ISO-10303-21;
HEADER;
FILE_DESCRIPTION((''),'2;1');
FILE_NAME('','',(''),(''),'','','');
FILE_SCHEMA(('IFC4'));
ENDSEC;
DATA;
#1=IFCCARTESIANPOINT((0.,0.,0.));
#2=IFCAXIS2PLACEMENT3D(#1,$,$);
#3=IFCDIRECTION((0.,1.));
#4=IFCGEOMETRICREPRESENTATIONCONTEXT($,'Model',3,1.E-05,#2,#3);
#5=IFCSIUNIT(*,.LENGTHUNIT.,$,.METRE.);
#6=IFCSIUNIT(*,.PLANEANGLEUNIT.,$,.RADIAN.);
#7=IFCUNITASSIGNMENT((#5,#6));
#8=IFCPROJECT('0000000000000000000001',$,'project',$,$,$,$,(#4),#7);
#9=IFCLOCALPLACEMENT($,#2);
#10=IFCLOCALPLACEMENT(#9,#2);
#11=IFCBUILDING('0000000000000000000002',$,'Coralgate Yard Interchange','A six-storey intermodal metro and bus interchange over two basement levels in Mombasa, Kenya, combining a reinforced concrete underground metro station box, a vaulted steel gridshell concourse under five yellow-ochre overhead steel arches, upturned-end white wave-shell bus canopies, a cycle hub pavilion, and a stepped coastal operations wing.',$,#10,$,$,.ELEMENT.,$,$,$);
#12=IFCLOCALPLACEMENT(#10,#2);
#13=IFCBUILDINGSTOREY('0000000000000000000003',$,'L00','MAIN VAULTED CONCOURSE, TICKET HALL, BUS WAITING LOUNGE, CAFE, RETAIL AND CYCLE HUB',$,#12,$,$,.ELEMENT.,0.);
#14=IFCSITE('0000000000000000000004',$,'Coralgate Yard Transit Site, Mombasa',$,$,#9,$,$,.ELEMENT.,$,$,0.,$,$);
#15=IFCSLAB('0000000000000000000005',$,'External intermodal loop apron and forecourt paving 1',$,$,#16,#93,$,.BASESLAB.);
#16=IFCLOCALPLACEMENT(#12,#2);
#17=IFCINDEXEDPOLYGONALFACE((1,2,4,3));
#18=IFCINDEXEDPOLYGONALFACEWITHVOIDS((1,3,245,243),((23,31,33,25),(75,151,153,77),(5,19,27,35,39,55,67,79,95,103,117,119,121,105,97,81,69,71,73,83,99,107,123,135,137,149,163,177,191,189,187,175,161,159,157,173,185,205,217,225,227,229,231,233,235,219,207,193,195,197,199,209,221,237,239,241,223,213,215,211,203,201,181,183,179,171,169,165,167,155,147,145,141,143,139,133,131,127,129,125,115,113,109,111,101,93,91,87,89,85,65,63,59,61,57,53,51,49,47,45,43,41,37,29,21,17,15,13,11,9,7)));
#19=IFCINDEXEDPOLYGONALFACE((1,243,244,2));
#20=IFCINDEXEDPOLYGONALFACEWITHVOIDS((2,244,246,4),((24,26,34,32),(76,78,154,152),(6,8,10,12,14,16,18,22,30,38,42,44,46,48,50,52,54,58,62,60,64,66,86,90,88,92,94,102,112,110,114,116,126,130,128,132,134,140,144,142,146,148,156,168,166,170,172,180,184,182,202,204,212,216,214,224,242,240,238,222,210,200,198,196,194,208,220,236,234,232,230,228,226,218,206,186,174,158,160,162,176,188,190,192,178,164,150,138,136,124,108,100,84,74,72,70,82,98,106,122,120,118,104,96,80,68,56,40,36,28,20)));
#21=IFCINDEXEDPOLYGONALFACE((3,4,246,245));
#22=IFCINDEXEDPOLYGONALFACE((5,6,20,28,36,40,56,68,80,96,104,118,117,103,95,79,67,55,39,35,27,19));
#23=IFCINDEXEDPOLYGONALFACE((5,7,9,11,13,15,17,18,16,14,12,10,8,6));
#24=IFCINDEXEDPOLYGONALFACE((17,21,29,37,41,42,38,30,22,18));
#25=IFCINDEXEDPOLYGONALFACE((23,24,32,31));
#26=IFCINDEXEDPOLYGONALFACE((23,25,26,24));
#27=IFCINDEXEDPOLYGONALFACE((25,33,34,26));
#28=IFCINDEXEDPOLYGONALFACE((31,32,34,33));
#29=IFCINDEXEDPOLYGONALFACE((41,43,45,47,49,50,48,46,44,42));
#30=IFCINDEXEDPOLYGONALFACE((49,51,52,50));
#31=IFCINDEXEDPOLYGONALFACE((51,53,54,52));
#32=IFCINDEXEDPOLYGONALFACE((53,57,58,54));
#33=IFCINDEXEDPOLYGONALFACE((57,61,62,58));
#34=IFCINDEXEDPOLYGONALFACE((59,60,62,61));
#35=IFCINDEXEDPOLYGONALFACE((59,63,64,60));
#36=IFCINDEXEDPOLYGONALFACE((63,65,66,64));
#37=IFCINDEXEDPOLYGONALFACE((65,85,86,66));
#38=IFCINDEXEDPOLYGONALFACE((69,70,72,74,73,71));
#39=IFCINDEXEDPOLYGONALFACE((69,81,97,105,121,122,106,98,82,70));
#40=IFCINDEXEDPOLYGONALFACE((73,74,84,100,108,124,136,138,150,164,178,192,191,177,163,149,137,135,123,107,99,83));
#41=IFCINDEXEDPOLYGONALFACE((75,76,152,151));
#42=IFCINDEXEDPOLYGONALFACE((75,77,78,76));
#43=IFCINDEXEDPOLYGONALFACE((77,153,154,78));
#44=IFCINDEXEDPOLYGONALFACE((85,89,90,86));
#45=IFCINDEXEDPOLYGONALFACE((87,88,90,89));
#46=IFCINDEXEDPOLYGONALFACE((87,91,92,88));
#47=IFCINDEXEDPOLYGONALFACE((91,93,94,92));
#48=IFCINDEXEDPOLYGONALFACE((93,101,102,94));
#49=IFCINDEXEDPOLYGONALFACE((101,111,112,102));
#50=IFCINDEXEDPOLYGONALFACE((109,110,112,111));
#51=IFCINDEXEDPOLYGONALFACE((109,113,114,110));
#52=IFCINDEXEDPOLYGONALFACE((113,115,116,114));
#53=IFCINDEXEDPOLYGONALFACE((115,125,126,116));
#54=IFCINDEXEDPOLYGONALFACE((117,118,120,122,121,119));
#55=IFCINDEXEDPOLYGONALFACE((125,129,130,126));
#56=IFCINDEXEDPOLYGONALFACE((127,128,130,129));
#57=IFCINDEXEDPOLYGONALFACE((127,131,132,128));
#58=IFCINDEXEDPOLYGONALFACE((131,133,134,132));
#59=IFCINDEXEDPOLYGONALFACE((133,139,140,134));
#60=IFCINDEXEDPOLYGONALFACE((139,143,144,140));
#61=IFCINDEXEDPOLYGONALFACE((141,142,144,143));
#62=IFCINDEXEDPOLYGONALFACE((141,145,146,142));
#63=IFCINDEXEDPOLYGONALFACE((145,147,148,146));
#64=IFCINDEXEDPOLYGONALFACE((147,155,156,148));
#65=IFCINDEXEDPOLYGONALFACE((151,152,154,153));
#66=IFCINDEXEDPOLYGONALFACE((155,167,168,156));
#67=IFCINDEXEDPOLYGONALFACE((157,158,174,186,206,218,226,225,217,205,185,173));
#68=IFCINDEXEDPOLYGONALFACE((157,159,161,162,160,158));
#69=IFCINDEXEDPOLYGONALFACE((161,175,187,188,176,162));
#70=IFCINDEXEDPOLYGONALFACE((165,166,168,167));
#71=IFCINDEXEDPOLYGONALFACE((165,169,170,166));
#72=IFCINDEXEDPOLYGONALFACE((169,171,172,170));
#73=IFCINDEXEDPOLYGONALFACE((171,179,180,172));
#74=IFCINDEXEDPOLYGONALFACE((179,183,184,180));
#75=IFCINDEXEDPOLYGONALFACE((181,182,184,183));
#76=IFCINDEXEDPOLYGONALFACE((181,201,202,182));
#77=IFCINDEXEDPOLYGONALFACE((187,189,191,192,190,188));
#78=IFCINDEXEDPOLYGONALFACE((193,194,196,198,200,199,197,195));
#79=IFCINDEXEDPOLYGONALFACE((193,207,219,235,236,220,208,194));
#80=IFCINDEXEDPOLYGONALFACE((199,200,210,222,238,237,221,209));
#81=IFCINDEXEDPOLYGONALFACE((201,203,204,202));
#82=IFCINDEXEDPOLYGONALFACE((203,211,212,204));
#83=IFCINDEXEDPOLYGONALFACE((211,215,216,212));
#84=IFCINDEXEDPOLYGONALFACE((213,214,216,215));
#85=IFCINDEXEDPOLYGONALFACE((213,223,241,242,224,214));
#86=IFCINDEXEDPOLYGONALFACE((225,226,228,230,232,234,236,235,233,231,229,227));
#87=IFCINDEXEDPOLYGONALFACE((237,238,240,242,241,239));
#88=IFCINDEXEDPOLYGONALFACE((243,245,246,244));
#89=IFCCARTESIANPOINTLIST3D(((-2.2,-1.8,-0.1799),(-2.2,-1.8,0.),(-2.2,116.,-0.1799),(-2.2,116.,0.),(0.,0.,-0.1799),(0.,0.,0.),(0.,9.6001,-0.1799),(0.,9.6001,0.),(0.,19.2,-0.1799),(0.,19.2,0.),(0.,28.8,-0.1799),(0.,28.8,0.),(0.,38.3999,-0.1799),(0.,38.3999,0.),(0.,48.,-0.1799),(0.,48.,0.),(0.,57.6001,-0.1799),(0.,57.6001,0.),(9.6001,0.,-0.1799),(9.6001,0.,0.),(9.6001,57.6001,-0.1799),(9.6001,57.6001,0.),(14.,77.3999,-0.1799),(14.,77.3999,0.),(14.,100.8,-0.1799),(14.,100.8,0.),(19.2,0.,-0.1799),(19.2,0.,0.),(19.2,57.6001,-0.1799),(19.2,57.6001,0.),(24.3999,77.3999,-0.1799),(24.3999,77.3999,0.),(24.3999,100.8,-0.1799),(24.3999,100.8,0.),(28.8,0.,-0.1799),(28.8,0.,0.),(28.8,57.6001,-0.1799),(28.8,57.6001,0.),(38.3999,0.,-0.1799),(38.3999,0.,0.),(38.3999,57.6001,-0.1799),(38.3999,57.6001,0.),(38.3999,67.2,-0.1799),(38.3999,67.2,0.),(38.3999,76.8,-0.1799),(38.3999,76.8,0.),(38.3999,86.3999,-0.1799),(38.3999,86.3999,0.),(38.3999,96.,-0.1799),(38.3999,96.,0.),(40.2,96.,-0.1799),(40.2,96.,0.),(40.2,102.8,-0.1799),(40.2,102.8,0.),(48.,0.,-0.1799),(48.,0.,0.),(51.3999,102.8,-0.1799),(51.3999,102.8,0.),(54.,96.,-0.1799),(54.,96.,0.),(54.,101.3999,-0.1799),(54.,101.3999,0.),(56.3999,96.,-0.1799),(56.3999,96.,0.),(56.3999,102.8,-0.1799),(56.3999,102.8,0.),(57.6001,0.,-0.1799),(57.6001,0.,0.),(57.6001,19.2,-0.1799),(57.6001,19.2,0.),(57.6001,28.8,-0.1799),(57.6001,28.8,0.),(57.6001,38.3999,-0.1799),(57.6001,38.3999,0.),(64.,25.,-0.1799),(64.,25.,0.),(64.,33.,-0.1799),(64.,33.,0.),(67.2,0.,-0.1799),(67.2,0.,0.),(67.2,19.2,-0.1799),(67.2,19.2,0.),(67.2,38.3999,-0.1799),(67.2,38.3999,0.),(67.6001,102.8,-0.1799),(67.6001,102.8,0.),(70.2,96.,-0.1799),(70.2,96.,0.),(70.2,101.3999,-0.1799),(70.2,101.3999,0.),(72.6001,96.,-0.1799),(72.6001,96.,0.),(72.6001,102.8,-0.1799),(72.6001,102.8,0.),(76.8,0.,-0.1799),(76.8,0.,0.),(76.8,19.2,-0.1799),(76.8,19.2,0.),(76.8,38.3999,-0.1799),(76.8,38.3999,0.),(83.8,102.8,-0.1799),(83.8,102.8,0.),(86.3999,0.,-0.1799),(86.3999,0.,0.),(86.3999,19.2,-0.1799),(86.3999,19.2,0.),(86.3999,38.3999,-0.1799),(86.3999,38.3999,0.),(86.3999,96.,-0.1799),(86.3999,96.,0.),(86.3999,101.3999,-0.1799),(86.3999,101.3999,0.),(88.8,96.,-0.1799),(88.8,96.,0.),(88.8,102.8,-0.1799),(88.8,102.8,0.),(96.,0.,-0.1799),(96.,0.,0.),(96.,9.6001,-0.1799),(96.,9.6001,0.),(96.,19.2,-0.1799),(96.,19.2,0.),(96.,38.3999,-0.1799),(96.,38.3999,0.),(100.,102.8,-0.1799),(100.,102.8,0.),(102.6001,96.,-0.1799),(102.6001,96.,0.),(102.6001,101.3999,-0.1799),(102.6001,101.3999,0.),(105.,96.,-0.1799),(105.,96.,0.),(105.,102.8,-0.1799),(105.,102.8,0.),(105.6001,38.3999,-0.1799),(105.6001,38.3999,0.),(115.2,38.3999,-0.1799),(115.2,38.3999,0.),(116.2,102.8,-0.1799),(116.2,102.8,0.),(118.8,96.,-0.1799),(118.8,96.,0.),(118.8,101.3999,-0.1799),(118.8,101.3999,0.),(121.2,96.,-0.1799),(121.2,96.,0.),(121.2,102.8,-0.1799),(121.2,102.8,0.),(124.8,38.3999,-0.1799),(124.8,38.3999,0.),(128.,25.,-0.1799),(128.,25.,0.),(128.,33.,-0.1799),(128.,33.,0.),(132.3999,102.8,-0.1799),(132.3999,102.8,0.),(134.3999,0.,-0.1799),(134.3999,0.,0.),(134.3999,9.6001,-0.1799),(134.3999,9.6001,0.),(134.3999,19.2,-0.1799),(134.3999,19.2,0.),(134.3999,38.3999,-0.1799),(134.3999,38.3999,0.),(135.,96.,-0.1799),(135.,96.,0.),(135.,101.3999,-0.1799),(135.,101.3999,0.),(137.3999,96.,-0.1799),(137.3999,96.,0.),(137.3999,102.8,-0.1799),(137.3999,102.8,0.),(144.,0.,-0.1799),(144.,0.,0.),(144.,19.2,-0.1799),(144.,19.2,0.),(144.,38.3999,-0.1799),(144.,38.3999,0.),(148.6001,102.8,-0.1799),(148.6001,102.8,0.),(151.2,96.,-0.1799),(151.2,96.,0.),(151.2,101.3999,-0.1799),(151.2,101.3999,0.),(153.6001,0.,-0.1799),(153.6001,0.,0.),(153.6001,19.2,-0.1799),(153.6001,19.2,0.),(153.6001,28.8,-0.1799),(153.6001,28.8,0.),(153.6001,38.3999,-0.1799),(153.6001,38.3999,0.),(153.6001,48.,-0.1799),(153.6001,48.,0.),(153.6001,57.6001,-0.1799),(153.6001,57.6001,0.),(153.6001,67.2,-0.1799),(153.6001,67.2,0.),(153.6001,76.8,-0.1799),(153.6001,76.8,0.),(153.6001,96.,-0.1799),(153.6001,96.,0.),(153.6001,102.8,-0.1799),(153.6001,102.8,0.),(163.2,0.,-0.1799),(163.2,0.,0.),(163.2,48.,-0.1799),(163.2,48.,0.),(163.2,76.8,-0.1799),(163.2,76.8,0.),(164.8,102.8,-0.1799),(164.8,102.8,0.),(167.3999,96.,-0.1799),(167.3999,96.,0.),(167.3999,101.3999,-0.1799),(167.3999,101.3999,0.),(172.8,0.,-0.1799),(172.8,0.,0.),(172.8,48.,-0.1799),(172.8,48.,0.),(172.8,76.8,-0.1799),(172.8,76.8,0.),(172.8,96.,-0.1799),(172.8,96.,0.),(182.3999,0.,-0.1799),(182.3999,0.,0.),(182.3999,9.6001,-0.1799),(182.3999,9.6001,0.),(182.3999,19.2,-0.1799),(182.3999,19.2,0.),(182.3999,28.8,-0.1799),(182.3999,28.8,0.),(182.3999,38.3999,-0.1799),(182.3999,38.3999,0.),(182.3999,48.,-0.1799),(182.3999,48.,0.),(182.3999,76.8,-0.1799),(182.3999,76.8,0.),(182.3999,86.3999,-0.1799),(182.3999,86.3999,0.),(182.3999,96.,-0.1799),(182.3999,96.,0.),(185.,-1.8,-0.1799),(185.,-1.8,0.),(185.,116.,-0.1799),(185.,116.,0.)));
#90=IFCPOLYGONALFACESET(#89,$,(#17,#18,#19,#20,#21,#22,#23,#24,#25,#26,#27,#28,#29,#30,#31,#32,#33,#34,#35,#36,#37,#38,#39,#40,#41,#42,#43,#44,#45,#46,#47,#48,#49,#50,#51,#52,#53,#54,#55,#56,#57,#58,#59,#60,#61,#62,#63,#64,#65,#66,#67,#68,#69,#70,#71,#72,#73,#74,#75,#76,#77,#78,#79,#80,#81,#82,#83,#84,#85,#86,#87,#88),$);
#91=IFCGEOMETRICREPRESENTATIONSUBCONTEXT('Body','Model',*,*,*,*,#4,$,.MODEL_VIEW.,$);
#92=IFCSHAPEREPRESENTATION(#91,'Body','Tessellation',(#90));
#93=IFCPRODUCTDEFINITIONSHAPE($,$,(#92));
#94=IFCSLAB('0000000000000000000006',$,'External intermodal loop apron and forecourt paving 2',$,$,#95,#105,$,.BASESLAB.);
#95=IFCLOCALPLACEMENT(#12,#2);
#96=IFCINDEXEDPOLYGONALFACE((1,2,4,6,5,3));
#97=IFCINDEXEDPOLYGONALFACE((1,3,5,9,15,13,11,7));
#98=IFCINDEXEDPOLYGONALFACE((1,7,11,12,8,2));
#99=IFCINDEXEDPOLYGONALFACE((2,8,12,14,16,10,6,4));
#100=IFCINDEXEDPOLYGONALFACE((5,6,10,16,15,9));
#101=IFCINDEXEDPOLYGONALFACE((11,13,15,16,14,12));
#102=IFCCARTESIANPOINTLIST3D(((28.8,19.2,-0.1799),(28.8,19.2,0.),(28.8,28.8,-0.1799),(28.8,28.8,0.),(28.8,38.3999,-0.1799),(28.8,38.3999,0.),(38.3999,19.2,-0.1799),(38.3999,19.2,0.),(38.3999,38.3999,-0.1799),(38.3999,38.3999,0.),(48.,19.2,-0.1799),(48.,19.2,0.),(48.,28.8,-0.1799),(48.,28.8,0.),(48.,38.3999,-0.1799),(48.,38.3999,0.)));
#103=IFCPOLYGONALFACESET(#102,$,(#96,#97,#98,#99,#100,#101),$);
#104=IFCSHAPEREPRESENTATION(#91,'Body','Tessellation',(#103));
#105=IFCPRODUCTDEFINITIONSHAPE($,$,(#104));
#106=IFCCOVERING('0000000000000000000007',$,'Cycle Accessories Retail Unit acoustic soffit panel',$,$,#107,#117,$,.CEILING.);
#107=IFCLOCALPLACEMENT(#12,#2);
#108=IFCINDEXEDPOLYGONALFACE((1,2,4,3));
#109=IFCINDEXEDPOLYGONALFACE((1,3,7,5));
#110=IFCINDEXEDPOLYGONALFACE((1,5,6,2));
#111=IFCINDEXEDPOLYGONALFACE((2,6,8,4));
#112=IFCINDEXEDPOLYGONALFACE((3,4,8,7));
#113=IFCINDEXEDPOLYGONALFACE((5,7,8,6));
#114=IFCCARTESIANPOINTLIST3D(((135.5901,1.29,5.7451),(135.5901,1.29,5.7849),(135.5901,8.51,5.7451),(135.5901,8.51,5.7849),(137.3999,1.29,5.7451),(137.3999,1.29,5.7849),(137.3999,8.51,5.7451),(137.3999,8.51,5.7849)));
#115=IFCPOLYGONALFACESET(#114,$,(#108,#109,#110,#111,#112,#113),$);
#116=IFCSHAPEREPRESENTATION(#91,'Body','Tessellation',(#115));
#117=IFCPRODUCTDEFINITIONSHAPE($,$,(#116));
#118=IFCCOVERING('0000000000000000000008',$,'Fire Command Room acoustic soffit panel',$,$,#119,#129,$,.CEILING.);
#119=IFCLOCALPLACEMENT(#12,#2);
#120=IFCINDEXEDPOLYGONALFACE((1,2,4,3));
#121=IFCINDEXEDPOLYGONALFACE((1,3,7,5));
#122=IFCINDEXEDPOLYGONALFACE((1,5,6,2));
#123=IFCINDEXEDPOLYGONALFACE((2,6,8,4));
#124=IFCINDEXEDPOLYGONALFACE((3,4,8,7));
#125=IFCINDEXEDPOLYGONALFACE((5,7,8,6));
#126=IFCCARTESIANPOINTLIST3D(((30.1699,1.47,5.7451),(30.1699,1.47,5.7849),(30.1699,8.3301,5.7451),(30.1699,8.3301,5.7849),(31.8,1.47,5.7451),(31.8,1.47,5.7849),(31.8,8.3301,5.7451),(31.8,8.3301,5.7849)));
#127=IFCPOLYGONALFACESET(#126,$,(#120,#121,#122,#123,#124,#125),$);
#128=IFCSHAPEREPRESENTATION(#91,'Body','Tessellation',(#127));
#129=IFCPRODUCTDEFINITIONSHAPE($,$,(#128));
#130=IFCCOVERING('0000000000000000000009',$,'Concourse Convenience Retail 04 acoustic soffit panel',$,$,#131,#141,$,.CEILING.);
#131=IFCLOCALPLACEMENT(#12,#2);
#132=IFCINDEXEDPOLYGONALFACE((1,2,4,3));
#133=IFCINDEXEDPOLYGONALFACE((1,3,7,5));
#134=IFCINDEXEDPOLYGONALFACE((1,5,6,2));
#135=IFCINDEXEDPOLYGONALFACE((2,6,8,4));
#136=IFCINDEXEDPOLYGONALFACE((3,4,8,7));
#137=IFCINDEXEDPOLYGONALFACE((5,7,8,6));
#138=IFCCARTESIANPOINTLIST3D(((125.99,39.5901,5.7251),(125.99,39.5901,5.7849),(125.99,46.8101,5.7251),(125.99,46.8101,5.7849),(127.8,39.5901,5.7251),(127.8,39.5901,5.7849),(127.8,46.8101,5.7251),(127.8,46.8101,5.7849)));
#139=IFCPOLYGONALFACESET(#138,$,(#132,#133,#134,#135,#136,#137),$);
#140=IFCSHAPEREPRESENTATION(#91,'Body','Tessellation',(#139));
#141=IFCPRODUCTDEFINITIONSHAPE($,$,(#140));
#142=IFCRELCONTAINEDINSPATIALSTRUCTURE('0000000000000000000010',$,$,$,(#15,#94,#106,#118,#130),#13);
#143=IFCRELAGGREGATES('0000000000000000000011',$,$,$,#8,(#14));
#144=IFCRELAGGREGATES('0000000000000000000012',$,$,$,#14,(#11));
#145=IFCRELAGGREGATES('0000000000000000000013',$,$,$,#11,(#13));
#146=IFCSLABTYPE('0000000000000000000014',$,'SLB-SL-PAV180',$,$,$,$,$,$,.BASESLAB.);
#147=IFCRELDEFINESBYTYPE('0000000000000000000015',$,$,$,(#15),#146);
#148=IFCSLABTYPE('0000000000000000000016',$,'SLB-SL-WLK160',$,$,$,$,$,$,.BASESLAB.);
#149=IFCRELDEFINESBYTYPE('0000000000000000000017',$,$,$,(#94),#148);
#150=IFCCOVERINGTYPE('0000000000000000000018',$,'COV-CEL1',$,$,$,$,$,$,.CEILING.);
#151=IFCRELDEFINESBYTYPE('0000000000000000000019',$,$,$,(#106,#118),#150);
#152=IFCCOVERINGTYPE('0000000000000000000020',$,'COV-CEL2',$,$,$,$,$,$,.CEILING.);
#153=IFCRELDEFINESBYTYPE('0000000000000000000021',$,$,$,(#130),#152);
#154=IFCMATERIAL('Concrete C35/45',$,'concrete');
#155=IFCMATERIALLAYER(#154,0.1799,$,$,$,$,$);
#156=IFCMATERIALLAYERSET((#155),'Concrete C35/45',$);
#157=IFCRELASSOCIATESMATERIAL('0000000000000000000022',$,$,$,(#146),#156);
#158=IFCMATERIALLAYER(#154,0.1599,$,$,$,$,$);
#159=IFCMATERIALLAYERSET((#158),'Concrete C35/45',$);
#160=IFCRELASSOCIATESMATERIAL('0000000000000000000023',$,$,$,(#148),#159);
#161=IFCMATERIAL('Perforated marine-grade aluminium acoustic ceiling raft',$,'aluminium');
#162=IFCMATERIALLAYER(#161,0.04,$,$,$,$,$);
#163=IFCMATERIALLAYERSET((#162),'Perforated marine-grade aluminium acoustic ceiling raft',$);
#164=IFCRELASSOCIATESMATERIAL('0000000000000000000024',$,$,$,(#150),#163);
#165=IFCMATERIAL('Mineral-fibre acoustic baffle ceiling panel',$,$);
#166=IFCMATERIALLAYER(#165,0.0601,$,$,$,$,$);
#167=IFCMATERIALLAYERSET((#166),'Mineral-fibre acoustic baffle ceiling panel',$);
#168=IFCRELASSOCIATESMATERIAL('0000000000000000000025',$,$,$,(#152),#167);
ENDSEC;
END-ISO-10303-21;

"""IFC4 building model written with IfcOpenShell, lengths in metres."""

from ifc_helpers import new_model, si_unit, direction, frame, origin, place, context, subcontext, project, spatial, polyline, outline, extrude, material, layer, layer_set, type_object, element, save


model = new_model("IFC4")

# Units and contexts
model_context = context("Model", 3, precision=1e-05, world=origin(), true_north=direction((0.0, 1.0)))
body_context = subcontext(model_context, "Body", "Model", "MODEL_VIEW")
ifc_project = project(units=[si_unit("LENGTHUNIT", "METRE"), si_unit("PLANEANGLEUNIT", "RADIAN")], contexts=[model_context])

# Site, building, storey
site_placement = place(None, origin())
site = spatial("IfcSite", under=ifc_project, at=site_placement, Name="Coralgate Yard Transit Site, Mombasa", CompositionType="ELEMENT", RefElevation=0.0)
building_placement = place(site_placement, origin())
building = spatial("IfcBuilding", under=site, at=building_placement, Name="Coralgate Yard Interchange", Description="A six-storey intermodal metro and bus interchange over two basement levels in Mombasa, Kenya, combining a reinforced concrete underground metro station box, a vaulted steel gridshell concourse under five yellow-ochre overhead steel arches, upturned-end white wave-shell bus canopies, a cycle hub pavilion, and a stepped coastal operations wing.", CompositionType="ELEMENT")
storey_placement = place(building_placement, origin())
storey = spatial("IfcBuildingStorey", under=building, at=storey_placement, Name="L00", Description="MAIN VAULTED CONCOURSE, TICKET HALL, BUS WAITING LOUNGE, CAFE, RETAIL AND CYCLE HUB", CompositionType="ELEMENT", Elevation=0.0)

# Slabs
ifc_material_1 = material(Name="Concrete C35/45", Category="concrete")
ifc_layer_1 = layer(ifc_material_1, 0.1799)
ifc_layer_set_1 = layer_set([ifc_layer_1], Name="Concrete C35/45")
slab_type_1 = type_object("IfcSlabType", Name="SLB-SL-PAV180", PredefinedType="BASESLAB", material=ifc_layer_set_1)
slab_1_placement = place(storey_placement, frame((0.0, 0.0, -0.1799)))
element("IfcSlab", 1, at=slab_1_placement, inside=storey, type_object=slab_type_1, Name="External intermodal loop apron and forecourt paving 1", PredefinedType="BASESLAB", context=body_context, shape_type="SweptSolid", body=[
    extrude(outline(polyline([(-2.2, -1.8), (-2.2, 116.0), (185.0, 116.0), (185.0, -1.8), (-2.2, -1.8)]), holes=[polyline([(38.3999, 0.0), (48.0, 0.0), (57.6001, 0.0), (67.2, 0.0), (76.8, 0.0), (86.3999, 0.0), (96.0, 0.0), (96.0, 9.6001), (96.0, 19.2), (86.3999, 19.2), (76.8, 19.2), (67.2, 19.2), (57.6001, 19.2), (57.6001, 28.8), (57.6001, 38.3999), (67.2, 38.3999), (76.8, 38.3999), (86.3999, 38.3999), (96.0, 38.3999), (105.6001, 38.3999), (115.2, 38.3999), (124.8, 38.3999), (134.3999, 38.3999), (144.0, 38.3999), (153.6001, 38.3999), (153.6001, 28.8), (153.6001, 19.2), (144.0, 19.2), (134.3999, 19.2), (134.3999, 9.6001), (134.3999, 0.0), (144.0, 0.0), (153.6001, 0.0), (163.2, 0.0), (172.8, 0.0), (182.3999, 0.0), (182.3999, 9.6001), (182.3999, 19.2), (182.3999, 28.8), (182.3999, 38.3999), (182.3999, 48.0), (172.8, 48.0), (163.2, 48.0), (153.6001, 48.0), (153.6001, 57.6001), (153.6001, 67.2), (153.6001, 76.8), (163.2, 76.8), (172.8, 76.8), (182.3999, 76.8), (182.3999, 86.3999), (182.3999, 96.0), (172.8, 96.0), (167.3999, 96.0), (167.3999, 101.3999), (164.8, 102.8), (153.6001, 102.8), (153.6001, 96.0), (151.2, 96.0), (151.2, 101.3999), (148.6001, 102.8), (137.3999, 102.8), (137.3999, 96.0), (135.0, 96.0), (135.0, 101.3999), (132.3999, 102.8), (121.2, 102.8), (121.2, 96.0), (118.8, 96.0), (118.8, 101.3999), (116.2, 102.8), (105.0, 102.8), (105.0, 96.0), (102.6001, 96.0), (102.6001, 101.3999), (100.0, 102.8), (88.8, 102.8), (88.8, 96.0), (86.3999, 96.0), (86.3999, 101.3999), (83.8, 102.8), (72.6001, 102.8), (72.6001, 96.0), (70.2, 96.0), (70.2, 101.3999), (67.6001, 102.8), (56.3999, 102.8), (56.3999, 96.0), (54.0, 96.0), (54.0, 101.3999), (51.3999, 102.8), (40.2, 102.8), (40.2, 96.0), (38.3999, 96.0), (38.3999, 86.3999), (38.3999, 76.8), (38.3999, 67.2), (38.3999, 57.6001), (28.8, 57.6001), (19.2, 57.6001), (9.6001, 57.6001), (0.0, 57.6001), (0.0, 48.0), (0.0, 38.3999), (0.0, 28.8), (0.0, 19.2), (0.0, 9.6001), (0.0, 0.0), (9.6001, 0.0), (19.2, 0.0), (28.8, 0.0), (38.3999, 0.0)]), polyline([(14.0, 100.8), (14.0, 77.3999), (24.3999, 77.3999), (24.3999, 100.8), (14.0, 100.8)]), polyline([(128.0, 33.0), (64.0, 33.0), (64.0, 25.0), (128.0, 25.0), (128.0, 33.0)])]), origin(), (0.0, 0.0, 1.0), 0.1799),
])
ifc_layer_2 = layer(ifc_material_1, 0.1599)
ifc_layer_set_2 = layer_set([ifc_layer_2], Name="Concrete C35/45")
slab_type_2 = type_object("IfcSlabType", Name="SLB-SL-WLK160", PredefinedType="BASESLAB", material=ifc_layer_set_2)
slab_2_placement = place(storey_placement, frame((0.0, 0.0, -0.1799)))
element("IfcSlab", 2, at=slab_2_placement, inside=storey, type_object=slab_type_2, Name="External intermodal loop apron and forecourt paving 2", PredefinedType="BASESLAB", context=body_context, shape_type="SweptSolid", body=[
    extrude(outline(polyline([(48.0, 19.2), (38.3999, 19.2), (28.8, 19.2), (28.8, 28.8), (28.8, 38.3999), (38.3999, 38.3999), (48.0, 38.3999), (48.0, 28.8), (48.0, 19.2)])), origin(), (0.0, 0.0, 1.0), 0.1799),
])

# Coverings
ifc_material_2 = material(Name="Perforated marine-grade aluminium acoustic ceiling raft", Category="aluminium")
ifc_layer_3 = layer(ifc_material_2, 0.04)
ifc_layer_set_3 = layer_set([ifc_layer_3], Name="Perforated marine-grade aluminium acoustic ceiling raft")
covering_type_1 = type_object("IfcCoveringType", Name="COV-CEL1", PredefinedType="CEILING", material=ifc_layer_set_3)
covering_1_placement = place(storey_placement, frame((0.0, 0.0, 5.7451)))
element("IfcCovering", 3, at=covering_1_placement, inside=storey, type_object=covering_type_1, Name="Cycle Accessories Retail Unit acoustic soffit panel", PredefinedType="CEILING", context=body_context, shape_type="SweptSolid", body=[
    extrude(outline(polyline([(135.5901, 1.29), (137.3999, 1.29), (137.3999, 8.51), (135.5901, 8.51), (135.5901, 1.29)])), origin(), (0.0, 0.0, 1.0), 0.0398),
])
covering_2_placement = place(storey_placement, frame((0.0, 0.0, 5.7451)))
element("IfcCovering", 4, at=covering_2_placement, inside=storey, type_object=covering_type_1, Name="Fire Command Room acoustic soffit panel", PredefinedType="CEILING", context=body_context, shape_type="SweptSolid", body=[
    extrude(outline(polyline([(30.1699, 1.47), (31.8, 1.47), (31.8, 8.3301), (30.1699, 8.3301), (30.1699, 1.47)])), origin(), (0.0, 0.0, 1.0), 0.0398),
])
ifc_material_3 = material(Name="Mineral-fibre acoustic baffle ceiling panel")
ifc_layer_4 = layer(ifc_material_3, 0.0601)
ifc_layer_set_4 = layer_set([ifc_layer_4], Name="Mineral-fibre acoustic baffle ceiling panel")
covering_type_2 = type_object("IfcCoveringType", Name="COV-CEL2", PredefinedType="CEILING", material=ifc_layer_set_4)
covering_3_placement = place(storey_placement, frame((0.0, 0.0, 5.7251)))
element("IfcCovering", 5, at=covering_3_placement, inside=storey, type_object=covering_type_2, Name="Concourse Convenience Retail 04 acoustic soffit panel", PredefinedType="CEILING", context=body_context, shape_type="SweptSolid", body=[
    extrude(outline(polyline([(125.99, 39.5901), (127.8, 39.5901), (127.8, 46.8101), (125.99, 46.8101), (125.99, 39.5901)])), origin(), (0.0, 0.0, 1.0), 0.0598),
])

save(model, "model.ifc")
